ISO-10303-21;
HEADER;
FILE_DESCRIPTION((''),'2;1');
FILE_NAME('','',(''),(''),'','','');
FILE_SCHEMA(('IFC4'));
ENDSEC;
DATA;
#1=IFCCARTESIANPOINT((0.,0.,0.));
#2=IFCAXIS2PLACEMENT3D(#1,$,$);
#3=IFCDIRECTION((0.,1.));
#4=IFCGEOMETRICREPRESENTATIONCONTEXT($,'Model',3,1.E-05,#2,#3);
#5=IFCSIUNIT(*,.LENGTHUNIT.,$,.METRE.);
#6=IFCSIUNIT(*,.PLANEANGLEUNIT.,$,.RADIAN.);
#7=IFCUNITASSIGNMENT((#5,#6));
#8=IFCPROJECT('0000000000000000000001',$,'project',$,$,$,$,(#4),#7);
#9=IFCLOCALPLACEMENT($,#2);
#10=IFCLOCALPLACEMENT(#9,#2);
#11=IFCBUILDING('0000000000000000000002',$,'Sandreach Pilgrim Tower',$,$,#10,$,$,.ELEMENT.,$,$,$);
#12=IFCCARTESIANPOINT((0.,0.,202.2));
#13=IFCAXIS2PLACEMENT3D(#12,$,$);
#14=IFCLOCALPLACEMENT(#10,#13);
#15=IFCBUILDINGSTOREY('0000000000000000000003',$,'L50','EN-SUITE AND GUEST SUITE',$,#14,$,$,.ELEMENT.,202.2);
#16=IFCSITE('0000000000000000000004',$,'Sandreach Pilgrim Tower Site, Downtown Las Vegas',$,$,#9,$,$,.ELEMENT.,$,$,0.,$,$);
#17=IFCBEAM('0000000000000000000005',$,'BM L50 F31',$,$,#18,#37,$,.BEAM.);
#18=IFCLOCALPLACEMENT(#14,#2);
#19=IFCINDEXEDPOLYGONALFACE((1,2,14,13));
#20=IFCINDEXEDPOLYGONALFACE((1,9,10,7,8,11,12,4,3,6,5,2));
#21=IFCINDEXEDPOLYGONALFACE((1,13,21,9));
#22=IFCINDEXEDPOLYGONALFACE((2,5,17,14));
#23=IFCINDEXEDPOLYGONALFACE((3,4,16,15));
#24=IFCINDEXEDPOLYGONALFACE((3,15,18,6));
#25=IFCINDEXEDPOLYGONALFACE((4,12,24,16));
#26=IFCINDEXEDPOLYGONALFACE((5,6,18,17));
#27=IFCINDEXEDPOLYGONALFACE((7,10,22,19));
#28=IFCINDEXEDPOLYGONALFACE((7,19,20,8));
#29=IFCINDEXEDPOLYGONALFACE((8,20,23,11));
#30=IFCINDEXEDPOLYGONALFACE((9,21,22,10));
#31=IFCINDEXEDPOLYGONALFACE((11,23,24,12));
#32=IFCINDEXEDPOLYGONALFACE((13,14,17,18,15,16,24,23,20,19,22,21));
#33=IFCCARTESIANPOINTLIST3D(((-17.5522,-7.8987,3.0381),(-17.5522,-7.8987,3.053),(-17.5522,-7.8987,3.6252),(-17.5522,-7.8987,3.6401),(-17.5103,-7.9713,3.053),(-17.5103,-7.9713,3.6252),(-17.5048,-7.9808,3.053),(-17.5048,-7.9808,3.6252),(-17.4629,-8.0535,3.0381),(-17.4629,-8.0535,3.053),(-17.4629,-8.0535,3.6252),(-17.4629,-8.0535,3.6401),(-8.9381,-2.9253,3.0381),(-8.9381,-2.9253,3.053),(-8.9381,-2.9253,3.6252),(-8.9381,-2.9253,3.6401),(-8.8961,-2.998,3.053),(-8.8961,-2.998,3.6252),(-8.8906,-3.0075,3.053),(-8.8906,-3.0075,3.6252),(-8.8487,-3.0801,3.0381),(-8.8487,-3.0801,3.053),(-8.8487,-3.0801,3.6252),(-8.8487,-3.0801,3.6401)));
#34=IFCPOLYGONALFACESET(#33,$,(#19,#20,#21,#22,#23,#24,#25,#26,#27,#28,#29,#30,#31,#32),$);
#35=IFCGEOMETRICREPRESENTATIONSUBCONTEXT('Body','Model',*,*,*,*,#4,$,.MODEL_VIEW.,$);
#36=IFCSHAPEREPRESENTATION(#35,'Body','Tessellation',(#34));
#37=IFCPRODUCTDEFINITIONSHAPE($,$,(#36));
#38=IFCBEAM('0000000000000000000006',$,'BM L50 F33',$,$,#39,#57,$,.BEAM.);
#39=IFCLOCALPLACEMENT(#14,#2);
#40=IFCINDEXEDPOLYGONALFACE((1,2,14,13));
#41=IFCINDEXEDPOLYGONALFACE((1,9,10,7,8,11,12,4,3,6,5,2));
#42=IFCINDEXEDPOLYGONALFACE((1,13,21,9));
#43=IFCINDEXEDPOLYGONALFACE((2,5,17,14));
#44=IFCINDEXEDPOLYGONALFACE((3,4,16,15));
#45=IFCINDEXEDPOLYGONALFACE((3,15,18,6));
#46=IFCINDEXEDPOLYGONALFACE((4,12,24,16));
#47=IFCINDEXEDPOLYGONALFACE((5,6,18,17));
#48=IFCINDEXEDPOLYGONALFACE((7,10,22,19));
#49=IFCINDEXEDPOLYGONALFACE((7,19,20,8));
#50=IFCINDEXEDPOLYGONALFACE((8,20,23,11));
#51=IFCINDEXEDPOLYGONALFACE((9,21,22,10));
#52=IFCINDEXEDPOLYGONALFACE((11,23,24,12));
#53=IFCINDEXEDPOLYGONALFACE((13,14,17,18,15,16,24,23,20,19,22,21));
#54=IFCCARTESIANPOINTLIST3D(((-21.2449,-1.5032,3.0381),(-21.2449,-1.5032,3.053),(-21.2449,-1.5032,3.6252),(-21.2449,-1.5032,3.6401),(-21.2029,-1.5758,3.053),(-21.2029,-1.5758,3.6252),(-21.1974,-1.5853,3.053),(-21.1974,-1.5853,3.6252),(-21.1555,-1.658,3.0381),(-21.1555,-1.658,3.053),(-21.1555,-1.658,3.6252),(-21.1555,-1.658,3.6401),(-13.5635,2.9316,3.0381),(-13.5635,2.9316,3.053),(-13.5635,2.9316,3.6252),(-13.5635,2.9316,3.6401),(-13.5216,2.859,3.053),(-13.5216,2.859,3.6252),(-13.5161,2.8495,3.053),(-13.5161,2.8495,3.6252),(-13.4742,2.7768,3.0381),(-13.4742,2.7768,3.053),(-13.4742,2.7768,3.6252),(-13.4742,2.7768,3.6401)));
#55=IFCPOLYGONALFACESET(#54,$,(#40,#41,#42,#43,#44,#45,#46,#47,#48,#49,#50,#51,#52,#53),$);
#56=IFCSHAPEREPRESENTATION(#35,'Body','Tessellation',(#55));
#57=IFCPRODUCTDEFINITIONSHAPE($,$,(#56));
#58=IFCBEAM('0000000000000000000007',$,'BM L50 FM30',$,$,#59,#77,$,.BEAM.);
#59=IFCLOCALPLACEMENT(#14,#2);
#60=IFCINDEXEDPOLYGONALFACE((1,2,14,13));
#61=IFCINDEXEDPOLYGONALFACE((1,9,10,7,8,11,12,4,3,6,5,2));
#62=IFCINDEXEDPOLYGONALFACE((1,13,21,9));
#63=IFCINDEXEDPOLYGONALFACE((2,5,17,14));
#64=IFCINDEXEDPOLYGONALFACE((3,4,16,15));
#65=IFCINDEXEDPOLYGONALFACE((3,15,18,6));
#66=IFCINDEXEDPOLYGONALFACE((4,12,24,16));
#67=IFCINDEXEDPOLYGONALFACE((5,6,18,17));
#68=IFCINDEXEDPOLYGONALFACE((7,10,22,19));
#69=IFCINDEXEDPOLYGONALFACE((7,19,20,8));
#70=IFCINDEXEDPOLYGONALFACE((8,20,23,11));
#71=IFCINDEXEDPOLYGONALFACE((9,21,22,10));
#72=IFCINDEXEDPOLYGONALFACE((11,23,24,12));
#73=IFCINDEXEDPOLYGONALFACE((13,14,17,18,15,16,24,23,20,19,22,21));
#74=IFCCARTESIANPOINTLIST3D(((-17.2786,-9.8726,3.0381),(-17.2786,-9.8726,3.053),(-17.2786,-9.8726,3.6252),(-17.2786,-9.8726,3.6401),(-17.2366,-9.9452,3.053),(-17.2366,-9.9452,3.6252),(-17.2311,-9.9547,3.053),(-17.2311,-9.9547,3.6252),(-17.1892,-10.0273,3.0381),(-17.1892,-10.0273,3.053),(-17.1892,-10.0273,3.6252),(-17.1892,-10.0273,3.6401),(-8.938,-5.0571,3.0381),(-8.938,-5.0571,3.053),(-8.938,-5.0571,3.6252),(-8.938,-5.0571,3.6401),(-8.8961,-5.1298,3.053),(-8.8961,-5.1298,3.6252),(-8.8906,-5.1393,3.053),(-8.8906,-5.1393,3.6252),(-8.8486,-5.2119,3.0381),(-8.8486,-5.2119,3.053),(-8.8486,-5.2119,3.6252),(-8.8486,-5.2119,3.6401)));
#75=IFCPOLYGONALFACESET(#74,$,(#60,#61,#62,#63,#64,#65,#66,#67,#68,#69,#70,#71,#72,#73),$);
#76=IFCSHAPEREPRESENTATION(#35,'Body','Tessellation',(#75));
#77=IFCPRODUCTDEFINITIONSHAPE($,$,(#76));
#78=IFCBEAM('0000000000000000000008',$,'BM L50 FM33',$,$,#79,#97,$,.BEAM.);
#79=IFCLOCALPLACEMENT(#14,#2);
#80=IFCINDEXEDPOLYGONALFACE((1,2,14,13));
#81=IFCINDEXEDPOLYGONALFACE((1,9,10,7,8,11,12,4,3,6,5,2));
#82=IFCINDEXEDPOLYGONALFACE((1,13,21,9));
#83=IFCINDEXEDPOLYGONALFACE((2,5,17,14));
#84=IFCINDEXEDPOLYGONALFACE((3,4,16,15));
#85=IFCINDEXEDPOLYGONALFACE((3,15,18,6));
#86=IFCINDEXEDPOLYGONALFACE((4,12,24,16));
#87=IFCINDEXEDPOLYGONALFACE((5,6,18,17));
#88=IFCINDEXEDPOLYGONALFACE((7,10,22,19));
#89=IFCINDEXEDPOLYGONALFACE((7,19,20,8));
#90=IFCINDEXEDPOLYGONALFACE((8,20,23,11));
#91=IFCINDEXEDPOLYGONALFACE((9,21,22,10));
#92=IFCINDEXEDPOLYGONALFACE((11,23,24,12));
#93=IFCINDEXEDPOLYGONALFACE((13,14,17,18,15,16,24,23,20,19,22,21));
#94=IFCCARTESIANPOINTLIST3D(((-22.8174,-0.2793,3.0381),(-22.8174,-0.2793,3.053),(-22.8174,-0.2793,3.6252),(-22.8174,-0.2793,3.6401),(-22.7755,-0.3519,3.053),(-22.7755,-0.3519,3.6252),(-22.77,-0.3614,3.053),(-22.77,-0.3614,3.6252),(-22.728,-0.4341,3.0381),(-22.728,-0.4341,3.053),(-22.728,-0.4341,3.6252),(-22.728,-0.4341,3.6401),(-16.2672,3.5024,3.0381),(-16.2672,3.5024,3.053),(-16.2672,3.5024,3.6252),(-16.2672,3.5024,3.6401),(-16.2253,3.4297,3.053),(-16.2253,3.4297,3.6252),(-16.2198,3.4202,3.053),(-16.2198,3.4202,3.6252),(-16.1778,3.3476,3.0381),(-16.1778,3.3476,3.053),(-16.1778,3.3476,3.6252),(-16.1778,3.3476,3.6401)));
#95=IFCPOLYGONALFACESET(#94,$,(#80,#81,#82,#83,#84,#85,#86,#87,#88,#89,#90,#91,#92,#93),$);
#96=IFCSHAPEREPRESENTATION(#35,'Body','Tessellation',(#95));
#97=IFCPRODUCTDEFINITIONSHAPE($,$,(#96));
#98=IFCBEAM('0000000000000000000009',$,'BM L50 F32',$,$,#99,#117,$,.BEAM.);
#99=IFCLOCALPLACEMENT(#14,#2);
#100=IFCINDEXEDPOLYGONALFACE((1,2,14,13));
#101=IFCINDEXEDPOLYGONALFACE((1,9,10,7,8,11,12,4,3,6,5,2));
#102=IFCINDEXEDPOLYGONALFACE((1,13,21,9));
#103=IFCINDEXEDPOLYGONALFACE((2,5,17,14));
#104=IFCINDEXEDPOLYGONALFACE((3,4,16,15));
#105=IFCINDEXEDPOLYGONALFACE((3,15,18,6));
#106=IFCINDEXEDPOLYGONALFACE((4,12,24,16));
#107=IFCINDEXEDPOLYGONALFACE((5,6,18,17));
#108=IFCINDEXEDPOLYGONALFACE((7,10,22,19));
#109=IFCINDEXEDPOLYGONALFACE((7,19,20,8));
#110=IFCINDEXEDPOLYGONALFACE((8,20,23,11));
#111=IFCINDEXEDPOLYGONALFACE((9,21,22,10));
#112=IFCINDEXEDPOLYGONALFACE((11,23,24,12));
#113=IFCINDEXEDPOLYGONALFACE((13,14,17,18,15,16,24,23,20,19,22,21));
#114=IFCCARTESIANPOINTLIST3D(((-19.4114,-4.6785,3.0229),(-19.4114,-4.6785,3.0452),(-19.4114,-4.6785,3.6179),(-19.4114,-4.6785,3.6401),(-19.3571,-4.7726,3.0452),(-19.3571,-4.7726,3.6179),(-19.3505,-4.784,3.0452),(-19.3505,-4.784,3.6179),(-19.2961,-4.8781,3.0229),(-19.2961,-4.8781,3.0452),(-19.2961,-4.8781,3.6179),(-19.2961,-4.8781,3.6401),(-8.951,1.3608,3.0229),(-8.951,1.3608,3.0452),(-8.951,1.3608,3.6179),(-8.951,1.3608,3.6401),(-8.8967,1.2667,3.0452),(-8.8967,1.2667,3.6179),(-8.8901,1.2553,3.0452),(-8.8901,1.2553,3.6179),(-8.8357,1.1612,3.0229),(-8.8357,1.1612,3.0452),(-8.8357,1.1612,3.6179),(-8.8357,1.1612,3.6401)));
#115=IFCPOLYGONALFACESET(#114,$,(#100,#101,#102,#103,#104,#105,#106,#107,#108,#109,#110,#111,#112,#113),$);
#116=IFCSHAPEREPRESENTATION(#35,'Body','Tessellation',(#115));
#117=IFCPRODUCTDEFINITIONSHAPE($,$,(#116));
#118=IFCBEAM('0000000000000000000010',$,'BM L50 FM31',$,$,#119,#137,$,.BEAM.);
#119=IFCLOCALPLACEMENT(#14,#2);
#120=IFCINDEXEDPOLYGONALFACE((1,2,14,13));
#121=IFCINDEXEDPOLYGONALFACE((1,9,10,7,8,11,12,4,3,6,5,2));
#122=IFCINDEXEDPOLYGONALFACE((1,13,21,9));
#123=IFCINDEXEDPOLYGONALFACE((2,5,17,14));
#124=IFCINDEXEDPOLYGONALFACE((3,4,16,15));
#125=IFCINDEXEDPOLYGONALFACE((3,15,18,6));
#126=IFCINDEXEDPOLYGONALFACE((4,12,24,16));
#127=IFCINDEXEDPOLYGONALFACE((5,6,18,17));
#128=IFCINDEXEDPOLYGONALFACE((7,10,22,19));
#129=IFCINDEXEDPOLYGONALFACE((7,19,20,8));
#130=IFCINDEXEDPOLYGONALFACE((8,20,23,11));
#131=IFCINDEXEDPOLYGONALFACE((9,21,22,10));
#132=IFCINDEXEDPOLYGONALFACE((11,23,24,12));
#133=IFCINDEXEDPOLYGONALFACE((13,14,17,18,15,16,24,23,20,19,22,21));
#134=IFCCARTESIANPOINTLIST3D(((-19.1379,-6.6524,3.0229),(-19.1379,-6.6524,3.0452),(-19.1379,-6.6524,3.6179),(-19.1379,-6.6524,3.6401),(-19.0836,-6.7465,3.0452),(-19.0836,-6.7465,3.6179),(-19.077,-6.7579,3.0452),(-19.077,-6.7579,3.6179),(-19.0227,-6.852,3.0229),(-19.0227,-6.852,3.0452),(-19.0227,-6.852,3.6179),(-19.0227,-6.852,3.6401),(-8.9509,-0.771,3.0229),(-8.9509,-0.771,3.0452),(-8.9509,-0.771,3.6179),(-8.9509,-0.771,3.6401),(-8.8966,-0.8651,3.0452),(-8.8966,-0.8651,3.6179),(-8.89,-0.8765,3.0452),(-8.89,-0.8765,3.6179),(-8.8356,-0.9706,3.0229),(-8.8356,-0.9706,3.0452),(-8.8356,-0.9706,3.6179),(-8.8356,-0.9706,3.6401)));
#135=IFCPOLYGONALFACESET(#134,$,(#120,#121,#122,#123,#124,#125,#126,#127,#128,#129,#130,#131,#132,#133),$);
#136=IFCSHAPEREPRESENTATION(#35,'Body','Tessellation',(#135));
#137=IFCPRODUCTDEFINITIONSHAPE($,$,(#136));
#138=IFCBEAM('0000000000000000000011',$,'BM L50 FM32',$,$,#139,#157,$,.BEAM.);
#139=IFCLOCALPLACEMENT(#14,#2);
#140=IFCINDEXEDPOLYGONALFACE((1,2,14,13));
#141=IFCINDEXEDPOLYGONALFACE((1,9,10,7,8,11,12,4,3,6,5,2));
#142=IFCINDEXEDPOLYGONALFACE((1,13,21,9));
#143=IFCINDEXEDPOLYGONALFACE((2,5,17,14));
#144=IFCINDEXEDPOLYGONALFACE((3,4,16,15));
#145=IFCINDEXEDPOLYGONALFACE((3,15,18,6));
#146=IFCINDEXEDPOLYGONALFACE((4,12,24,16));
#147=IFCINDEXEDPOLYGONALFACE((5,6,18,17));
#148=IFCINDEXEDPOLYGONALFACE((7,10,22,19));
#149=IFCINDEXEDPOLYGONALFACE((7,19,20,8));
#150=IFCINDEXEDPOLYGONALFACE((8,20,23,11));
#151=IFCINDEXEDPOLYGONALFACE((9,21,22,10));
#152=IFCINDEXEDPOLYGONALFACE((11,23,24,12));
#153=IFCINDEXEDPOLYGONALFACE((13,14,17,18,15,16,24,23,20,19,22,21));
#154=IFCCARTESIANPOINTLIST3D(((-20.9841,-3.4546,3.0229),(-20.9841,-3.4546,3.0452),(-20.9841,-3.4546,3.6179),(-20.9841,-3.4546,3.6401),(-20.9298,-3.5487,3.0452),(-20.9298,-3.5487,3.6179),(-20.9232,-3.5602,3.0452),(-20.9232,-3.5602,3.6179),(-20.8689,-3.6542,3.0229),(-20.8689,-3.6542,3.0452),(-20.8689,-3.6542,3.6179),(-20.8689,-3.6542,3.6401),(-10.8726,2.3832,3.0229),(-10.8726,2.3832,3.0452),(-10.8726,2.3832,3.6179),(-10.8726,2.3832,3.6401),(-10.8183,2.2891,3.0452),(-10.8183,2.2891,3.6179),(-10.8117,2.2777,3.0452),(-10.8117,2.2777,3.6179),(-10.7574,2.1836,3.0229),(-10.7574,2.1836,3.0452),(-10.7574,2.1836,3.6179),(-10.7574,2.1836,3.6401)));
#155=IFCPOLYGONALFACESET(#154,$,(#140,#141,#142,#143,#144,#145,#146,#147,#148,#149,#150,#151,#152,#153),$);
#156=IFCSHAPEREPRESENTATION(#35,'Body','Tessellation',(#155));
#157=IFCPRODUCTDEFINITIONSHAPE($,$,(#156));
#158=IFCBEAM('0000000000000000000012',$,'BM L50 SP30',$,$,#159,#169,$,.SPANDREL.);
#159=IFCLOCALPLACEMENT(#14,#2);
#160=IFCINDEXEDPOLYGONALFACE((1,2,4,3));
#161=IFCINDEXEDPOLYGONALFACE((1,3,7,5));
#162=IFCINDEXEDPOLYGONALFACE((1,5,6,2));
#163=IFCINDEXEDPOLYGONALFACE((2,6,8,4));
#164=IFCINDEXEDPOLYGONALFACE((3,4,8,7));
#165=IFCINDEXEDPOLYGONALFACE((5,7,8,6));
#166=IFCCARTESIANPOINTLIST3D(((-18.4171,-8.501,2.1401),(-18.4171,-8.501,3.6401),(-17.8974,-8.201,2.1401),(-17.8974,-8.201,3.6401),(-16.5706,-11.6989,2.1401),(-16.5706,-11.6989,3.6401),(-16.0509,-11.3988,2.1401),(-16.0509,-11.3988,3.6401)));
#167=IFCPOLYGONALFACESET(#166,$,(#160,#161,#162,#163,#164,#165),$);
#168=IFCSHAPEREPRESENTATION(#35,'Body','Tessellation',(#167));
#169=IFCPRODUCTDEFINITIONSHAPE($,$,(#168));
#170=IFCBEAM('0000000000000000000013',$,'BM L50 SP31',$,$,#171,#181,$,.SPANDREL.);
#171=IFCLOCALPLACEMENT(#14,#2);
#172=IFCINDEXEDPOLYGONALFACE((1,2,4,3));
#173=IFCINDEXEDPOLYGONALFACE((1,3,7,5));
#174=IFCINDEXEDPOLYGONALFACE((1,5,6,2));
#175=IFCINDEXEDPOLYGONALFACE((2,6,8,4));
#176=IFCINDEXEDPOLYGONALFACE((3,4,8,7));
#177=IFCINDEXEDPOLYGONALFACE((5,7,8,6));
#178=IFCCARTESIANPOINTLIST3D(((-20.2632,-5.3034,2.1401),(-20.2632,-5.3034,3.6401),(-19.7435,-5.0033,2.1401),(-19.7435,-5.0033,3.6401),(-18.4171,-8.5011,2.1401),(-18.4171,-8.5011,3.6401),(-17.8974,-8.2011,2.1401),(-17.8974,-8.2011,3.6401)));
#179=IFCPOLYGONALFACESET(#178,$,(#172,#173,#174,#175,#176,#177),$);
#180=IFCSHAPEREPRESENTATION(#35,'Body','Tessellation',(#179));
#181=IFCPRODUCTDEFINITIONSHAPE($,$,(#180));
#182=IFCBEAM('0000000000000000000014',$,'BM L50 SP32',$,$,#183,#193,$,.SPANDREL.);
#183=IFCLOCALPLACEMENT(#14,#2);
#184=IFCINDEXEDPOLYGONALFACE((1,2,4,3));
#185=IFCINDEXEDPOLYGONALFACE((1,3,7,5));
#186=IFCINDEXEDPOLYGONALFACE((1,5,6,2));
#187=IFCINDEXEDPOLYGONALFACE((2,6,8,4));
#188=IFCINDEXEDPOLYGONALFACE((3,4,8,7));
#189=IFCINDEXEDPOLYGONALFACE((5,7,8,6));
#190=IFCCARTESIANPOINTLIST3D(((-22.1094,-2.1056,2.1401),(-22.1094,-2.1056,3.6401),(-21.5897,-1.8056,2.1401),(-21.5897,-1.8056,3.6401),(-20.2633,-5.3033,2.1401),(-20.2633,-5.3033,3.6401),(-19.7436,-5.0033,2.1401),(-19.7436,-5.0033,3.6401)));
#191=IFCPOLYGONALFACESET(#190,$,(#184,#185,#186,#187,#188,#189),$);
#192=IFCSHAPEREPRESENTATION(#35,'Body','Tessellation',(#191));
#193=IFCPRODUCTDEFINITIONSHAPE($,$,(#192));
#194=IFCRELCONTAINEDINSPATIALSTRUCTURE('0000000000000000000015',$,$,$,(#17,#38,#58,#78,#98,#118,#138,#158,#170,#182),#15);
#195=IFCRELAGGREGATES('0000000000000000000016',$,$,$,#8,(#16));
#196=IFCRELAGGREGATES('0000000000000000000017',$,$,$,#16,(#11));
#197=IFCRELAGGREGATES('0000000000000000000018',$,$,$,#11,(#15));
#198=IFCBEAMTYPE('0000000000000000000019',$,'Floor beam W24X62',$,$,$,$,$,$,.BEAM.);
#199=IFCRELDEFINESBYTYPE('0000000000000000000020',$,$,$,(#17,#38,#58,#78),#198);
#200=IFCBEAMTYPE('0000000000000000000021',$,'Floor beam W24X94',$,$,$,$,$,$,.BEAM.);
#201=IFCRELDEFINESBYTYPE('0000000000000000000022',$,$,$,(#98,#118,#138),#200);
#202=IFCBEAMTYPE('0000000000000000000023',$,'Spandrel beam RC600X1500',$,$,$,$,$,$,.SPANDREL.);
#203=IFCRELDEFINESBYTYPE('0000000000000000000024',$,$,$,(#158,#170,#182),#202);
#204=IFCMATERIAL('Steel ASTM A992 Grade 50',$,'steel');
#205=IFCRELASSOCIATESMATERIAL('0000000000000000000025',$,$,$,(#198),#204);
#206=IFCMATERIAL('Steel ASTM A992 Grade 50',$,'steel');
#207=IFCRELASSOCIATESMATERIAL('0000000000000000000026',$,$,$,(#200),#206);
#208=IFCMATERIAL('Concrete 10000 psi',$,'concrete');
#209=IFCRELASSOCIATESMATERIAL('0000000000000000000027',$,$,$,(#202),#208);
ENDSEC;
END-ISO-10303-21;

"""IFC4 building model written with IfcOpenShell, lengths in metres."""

from ifc_helpers import new_model, si_unit, direction, frame, origin, origin_2d, place, context, subcontext, project, spatial, rectangle, i_section, extrude, material, material_profile, profile_set, type_object, element, save


model = new_model("IFC4")

# Units and contexts
model_context = context("Model", 3, precision=1e-05, world=origin(), true_north=direction((0.0, 1.0)))
body_context = subcontext(model_context, "Body", "Model", "MODEL_VIEW")
ifc_project = project(units=[si_unit("LENGTHUNIT", "METRE"), si_unit("PLANEANGLEUNIT", "RADIAN")], contexts=[model_context])

# Site, building, storey
site_placement = place(None, origin())
site = spatial("IfcSite", under=ifc_project, at=site_placement, Name="Sandreach Pilgrim Tower Site, Downtown Las Vegas", CompositionType="ELEMENT", RefElevation=0.0)
building_placement = place(site_placement, origin())
building = spatial("IfcBuilding", under=site, at=building_placement, Name="Sandreach Pilgrim Tower", CompositionType="ELEMENT")
storey_placement = place(building_placement, frame((0.0, 0.0, 202.2)))
storey = spatial("IfcBuildingStorey", under=building, at=storey_placement, Name="L50", Description="EN-SUITE AND GUEST SUITE", CompositionType="ELEMENT", Elevation=202.2)

# Beams
ifc_material_1 = material(Name="Steel ASTM A992 Grade 50", Category="steel")
ifc_material_profile_1 = material_profile(ifc_material_1, i_section(OverallWidth=0.1787, OverallDepth=0.6021, WebThickness=0.011, FlangeThickness=0.0149, at=origin_2d()), Name="W24X62")
ifc_profile_set_1 = profile_set([ifc_material_profile_1], Name="Steel ASTM A992 Grade 50")
beam_type_1 = type_object("IfcBeamType", Name="Floor beam W24X62", PredefinedType="BEAM", material=ifc_profile_set_1)
beam_1_placement = place(storey_placement, frame((-17.5076, -7.9761, 3.3391), z_axis=(0.866028, 0.499996, 0.0), x_axis=(-0.499996, 0.866028, 0.0)))
element("IfcBeam", 1, at=beam_1_placement, inside=storey, type_object=beam_type_1, Name="BM L50 F31", PredefinedType="BEAM", context=body_context, shape_type="SweptSolid", body=[
    extrude(i_section(OverallWidth=0.1787, OverallDepth=0.6021, WebThickness=0.011, FlangeThickness=0.0149, at=origin_2d()), origin(), (0.0, 0.0, 1.0), 9.9468),
])
beam_2_placement = place(storey_placement, frame((-21.2002, -1.5806, 3.3391), z_axis=(0.866027, 0.499996, 0.0), x_axis=(-0.499996, 0.866027, 0.0)))
element("IfcBeam", 2, at=beam_2_placement, inside=storey, type_object=beam_type_1, Name="BM L50 F33", PredefinedType="BEAM", context=body_context, shape_type="SweptSolid", body=[
    extrude(i_section(OverallWidth=0.1787, OverallDepth=0.6021, WebThickness=0.011, FlangeThickness=0.0149, at=origin_2d()), origin(), (0.0, 0.0, 1.0), 8.8696),
])
beam_3_placement = place(storey_placement, frame((-17.2339, -9.95, 3.3391), z_axis=(0.866026, 0.5, 0.0), x_axis=(-0.5, 0.866026, 0.0)))
element("IfcBeam", 3, at=beam_3_placement, inside=storey, type_object=beam_type_1, Name="BM L50 FM30", PredefinedType="BEAM", context=body_context, shape_type="SweptSolid", body=[
    extrude(i_section(OverallWidth=0.1787, OverallDepth=0.6021, WebThickness=0.011, FlangeThickness=0.0149, at=origin_2d()), origin(), (0.0, 0.0, 1.0), 9.6309),
])
beam_4_placement = place(storey_placement, frame((-22.7727, -0.3567, 3.3391), z_axis=(0.86603, 0.499993, 0.0), x_axis=(-0.499993, 0.86603, 0.0)))
element("IfcBeam", 4, at=beam_4_placement, inside=storey, type_object=beam_type_1, Name="BM L50 FM33", PredefinedType="BEAM", context=body_context, shape_type="SweptSolid", body=[
    extrude(i_section(OverallWidth=0.1787, OverallDepth=0.6021, WebThickness=0.011, FlangeThickness=0.0149, at=origin_2d()), origin(), (0.0, 0.0, 1.0), 7.5635),
])
ifc_material_2 = material(Name="Steel ASTM A992 Grade 50", Category="steel")
ifc_material_profile_2 = material_profile(ifc_material_2, i_section(OverallWidth=0.2305, OverallDepth=0.6172, WebThickness=0.0132, FlangeThickness=0.0222, at=origin_2d()), Name="W24X94")
ifc_profile_set_2 = profile_set([ifc_material_profile_2], Name="Steel ASTM A992 Grade 50")
beam_type_2 = type_object("IfcBeamType", Name="Floor beam W24X94", PredefinedType="BEAM", material=ifc_profile_set_2)
beam_5_placement = place(storey_placement, frame((-19.3538, -4.7783, 3.3315), z_axis=(0.866027, 0.499998, 0.0), x_axis=(-0.499998, 0.866027, 0.0)))
element("IfcBeam", 5, at=beam_5_placement, inside=storey, type_object=beam_type_2, Name="BM L50 F32", PredefinedType="BEAM", context=body_context, shape_type="SweptSolid", body=[
    extrude(i_section(OverallWidth=0.2305, OverallDepth=0.6172, WebThickness=0.0132, FlangeThickness=0.0222, at=origin_2d()), origin(), (0.0, 0.0, 1.0), 12.0786),
])
beam_6_placement = place(storey_placement, frame((-19.0803, -6.7522, 3.3315), z_axis=(0.86603, 0.499992, 0.0), x_axis=(-0.499992, 0.86603, 0.0)))
element("IfcBeam", 6, at=beam_6_placement, inside=storey, type_object=beam_type_2, Name="BM L50 FM31", PredefinedType="BEAM", context=body_context, shape_type="SweptSolid", body=[
    extrude(i_section(OverallWidth=0.2305, OverallDepth=0.6172, WebThickness=0.0132, FlangeThickness=0.0222, at=origin_2d()), origin(), (0.0, 0.0, 1.0), 11.7629),
])
beam_7_placement = place(storey_placement, frame((-20.9265, -3.5544, 3.3315), z_axis=(0.866026, 0.499998, 0.0), x_axis=(-0.499998, 0.866026, 0.0)))
element("IfcBeam", 7, at=beam_7_placement, inside=storey, type_object=beam_type_2, Name="BM L50 FM32", PredefinedType="BEAM", context=body_context, shape_type="SweptSolid", body=[
    extrude(i_section(OverallWidth=0.2305, OverallDepth=0.6172, WebThickness=0.0132, FlangeThickness=0.0222, at=origin_2d()), origin(), (0.0, 0.0, 1.0), 11.6758),
])
ifc_material_3 = material(Name="Concrete 10000 psi", Category="concrete")
ifc_material_profile_3 = material_profile(ifc_material_3, rectangle(XDim=0.6001, YDim=1.5, at=origin_2d()), Name="RC600X1500")
ifc_profile_set_3 = profile_set([ifc_material_profile_3], Name="Concrete 10000 psi")
beam_type_3 = type_object("IfcBeamType", Name="Spandrel beam RC600X1500", PredefinedType="SPANDREL", material=ifc_profile_set_3)
beam_8_placement = place(storey_placement, frame((-16.3108, -11.5488, 2.8901), z_axis=(-0.500043, 0.866001, 0.0), x_axis=(-0.866001, -0.500043, 0.0)))
element("IfcBeam", 8, at=beam_8_placement, inside=storey, type_object=beam_type_3, Name="BM L50 SP30", PredefinedType="SPANDREL", context=body_context, shape_type="SweptSolid", body=[
    extrude(rectangle(XDim=0.6001, YDim=1.5, at=origin_2d()), origin(), (0.0, 0.0, 1.0), 3.6926),
])
for number, where, z_axis, x_axis, name in (
    (9, (-18.1572, -8.3511, 2.8901), (-0.499993, 0.866029, 0.0), (-0.866029, -0.499993, 0.0), "BM L50 SP31"),
    (10, (-20.0034, -5.1533, 2.8901), (-0.499993, 0.866029, 0.0), (-0.866029, -0.499993, 0.0), "BM L50 SP32"),
):
    element("IfcBeam", number, at=place(storey_placement, frame(where, z_axis=z_axis, x_axis=x_axis)), inside=storey, type_object=beam_type_3, Name=name, PredefinedType="SPANDREL", context=body_context, shape_type="SweptSolid", body=[
        extrude(rectangle(XDim=0.6001, YDim=1.5, at=origin_2d()), origin(), (0.0, 0.0, 1.0), 3.6924),
    ])

save(model, "model.ifc")
